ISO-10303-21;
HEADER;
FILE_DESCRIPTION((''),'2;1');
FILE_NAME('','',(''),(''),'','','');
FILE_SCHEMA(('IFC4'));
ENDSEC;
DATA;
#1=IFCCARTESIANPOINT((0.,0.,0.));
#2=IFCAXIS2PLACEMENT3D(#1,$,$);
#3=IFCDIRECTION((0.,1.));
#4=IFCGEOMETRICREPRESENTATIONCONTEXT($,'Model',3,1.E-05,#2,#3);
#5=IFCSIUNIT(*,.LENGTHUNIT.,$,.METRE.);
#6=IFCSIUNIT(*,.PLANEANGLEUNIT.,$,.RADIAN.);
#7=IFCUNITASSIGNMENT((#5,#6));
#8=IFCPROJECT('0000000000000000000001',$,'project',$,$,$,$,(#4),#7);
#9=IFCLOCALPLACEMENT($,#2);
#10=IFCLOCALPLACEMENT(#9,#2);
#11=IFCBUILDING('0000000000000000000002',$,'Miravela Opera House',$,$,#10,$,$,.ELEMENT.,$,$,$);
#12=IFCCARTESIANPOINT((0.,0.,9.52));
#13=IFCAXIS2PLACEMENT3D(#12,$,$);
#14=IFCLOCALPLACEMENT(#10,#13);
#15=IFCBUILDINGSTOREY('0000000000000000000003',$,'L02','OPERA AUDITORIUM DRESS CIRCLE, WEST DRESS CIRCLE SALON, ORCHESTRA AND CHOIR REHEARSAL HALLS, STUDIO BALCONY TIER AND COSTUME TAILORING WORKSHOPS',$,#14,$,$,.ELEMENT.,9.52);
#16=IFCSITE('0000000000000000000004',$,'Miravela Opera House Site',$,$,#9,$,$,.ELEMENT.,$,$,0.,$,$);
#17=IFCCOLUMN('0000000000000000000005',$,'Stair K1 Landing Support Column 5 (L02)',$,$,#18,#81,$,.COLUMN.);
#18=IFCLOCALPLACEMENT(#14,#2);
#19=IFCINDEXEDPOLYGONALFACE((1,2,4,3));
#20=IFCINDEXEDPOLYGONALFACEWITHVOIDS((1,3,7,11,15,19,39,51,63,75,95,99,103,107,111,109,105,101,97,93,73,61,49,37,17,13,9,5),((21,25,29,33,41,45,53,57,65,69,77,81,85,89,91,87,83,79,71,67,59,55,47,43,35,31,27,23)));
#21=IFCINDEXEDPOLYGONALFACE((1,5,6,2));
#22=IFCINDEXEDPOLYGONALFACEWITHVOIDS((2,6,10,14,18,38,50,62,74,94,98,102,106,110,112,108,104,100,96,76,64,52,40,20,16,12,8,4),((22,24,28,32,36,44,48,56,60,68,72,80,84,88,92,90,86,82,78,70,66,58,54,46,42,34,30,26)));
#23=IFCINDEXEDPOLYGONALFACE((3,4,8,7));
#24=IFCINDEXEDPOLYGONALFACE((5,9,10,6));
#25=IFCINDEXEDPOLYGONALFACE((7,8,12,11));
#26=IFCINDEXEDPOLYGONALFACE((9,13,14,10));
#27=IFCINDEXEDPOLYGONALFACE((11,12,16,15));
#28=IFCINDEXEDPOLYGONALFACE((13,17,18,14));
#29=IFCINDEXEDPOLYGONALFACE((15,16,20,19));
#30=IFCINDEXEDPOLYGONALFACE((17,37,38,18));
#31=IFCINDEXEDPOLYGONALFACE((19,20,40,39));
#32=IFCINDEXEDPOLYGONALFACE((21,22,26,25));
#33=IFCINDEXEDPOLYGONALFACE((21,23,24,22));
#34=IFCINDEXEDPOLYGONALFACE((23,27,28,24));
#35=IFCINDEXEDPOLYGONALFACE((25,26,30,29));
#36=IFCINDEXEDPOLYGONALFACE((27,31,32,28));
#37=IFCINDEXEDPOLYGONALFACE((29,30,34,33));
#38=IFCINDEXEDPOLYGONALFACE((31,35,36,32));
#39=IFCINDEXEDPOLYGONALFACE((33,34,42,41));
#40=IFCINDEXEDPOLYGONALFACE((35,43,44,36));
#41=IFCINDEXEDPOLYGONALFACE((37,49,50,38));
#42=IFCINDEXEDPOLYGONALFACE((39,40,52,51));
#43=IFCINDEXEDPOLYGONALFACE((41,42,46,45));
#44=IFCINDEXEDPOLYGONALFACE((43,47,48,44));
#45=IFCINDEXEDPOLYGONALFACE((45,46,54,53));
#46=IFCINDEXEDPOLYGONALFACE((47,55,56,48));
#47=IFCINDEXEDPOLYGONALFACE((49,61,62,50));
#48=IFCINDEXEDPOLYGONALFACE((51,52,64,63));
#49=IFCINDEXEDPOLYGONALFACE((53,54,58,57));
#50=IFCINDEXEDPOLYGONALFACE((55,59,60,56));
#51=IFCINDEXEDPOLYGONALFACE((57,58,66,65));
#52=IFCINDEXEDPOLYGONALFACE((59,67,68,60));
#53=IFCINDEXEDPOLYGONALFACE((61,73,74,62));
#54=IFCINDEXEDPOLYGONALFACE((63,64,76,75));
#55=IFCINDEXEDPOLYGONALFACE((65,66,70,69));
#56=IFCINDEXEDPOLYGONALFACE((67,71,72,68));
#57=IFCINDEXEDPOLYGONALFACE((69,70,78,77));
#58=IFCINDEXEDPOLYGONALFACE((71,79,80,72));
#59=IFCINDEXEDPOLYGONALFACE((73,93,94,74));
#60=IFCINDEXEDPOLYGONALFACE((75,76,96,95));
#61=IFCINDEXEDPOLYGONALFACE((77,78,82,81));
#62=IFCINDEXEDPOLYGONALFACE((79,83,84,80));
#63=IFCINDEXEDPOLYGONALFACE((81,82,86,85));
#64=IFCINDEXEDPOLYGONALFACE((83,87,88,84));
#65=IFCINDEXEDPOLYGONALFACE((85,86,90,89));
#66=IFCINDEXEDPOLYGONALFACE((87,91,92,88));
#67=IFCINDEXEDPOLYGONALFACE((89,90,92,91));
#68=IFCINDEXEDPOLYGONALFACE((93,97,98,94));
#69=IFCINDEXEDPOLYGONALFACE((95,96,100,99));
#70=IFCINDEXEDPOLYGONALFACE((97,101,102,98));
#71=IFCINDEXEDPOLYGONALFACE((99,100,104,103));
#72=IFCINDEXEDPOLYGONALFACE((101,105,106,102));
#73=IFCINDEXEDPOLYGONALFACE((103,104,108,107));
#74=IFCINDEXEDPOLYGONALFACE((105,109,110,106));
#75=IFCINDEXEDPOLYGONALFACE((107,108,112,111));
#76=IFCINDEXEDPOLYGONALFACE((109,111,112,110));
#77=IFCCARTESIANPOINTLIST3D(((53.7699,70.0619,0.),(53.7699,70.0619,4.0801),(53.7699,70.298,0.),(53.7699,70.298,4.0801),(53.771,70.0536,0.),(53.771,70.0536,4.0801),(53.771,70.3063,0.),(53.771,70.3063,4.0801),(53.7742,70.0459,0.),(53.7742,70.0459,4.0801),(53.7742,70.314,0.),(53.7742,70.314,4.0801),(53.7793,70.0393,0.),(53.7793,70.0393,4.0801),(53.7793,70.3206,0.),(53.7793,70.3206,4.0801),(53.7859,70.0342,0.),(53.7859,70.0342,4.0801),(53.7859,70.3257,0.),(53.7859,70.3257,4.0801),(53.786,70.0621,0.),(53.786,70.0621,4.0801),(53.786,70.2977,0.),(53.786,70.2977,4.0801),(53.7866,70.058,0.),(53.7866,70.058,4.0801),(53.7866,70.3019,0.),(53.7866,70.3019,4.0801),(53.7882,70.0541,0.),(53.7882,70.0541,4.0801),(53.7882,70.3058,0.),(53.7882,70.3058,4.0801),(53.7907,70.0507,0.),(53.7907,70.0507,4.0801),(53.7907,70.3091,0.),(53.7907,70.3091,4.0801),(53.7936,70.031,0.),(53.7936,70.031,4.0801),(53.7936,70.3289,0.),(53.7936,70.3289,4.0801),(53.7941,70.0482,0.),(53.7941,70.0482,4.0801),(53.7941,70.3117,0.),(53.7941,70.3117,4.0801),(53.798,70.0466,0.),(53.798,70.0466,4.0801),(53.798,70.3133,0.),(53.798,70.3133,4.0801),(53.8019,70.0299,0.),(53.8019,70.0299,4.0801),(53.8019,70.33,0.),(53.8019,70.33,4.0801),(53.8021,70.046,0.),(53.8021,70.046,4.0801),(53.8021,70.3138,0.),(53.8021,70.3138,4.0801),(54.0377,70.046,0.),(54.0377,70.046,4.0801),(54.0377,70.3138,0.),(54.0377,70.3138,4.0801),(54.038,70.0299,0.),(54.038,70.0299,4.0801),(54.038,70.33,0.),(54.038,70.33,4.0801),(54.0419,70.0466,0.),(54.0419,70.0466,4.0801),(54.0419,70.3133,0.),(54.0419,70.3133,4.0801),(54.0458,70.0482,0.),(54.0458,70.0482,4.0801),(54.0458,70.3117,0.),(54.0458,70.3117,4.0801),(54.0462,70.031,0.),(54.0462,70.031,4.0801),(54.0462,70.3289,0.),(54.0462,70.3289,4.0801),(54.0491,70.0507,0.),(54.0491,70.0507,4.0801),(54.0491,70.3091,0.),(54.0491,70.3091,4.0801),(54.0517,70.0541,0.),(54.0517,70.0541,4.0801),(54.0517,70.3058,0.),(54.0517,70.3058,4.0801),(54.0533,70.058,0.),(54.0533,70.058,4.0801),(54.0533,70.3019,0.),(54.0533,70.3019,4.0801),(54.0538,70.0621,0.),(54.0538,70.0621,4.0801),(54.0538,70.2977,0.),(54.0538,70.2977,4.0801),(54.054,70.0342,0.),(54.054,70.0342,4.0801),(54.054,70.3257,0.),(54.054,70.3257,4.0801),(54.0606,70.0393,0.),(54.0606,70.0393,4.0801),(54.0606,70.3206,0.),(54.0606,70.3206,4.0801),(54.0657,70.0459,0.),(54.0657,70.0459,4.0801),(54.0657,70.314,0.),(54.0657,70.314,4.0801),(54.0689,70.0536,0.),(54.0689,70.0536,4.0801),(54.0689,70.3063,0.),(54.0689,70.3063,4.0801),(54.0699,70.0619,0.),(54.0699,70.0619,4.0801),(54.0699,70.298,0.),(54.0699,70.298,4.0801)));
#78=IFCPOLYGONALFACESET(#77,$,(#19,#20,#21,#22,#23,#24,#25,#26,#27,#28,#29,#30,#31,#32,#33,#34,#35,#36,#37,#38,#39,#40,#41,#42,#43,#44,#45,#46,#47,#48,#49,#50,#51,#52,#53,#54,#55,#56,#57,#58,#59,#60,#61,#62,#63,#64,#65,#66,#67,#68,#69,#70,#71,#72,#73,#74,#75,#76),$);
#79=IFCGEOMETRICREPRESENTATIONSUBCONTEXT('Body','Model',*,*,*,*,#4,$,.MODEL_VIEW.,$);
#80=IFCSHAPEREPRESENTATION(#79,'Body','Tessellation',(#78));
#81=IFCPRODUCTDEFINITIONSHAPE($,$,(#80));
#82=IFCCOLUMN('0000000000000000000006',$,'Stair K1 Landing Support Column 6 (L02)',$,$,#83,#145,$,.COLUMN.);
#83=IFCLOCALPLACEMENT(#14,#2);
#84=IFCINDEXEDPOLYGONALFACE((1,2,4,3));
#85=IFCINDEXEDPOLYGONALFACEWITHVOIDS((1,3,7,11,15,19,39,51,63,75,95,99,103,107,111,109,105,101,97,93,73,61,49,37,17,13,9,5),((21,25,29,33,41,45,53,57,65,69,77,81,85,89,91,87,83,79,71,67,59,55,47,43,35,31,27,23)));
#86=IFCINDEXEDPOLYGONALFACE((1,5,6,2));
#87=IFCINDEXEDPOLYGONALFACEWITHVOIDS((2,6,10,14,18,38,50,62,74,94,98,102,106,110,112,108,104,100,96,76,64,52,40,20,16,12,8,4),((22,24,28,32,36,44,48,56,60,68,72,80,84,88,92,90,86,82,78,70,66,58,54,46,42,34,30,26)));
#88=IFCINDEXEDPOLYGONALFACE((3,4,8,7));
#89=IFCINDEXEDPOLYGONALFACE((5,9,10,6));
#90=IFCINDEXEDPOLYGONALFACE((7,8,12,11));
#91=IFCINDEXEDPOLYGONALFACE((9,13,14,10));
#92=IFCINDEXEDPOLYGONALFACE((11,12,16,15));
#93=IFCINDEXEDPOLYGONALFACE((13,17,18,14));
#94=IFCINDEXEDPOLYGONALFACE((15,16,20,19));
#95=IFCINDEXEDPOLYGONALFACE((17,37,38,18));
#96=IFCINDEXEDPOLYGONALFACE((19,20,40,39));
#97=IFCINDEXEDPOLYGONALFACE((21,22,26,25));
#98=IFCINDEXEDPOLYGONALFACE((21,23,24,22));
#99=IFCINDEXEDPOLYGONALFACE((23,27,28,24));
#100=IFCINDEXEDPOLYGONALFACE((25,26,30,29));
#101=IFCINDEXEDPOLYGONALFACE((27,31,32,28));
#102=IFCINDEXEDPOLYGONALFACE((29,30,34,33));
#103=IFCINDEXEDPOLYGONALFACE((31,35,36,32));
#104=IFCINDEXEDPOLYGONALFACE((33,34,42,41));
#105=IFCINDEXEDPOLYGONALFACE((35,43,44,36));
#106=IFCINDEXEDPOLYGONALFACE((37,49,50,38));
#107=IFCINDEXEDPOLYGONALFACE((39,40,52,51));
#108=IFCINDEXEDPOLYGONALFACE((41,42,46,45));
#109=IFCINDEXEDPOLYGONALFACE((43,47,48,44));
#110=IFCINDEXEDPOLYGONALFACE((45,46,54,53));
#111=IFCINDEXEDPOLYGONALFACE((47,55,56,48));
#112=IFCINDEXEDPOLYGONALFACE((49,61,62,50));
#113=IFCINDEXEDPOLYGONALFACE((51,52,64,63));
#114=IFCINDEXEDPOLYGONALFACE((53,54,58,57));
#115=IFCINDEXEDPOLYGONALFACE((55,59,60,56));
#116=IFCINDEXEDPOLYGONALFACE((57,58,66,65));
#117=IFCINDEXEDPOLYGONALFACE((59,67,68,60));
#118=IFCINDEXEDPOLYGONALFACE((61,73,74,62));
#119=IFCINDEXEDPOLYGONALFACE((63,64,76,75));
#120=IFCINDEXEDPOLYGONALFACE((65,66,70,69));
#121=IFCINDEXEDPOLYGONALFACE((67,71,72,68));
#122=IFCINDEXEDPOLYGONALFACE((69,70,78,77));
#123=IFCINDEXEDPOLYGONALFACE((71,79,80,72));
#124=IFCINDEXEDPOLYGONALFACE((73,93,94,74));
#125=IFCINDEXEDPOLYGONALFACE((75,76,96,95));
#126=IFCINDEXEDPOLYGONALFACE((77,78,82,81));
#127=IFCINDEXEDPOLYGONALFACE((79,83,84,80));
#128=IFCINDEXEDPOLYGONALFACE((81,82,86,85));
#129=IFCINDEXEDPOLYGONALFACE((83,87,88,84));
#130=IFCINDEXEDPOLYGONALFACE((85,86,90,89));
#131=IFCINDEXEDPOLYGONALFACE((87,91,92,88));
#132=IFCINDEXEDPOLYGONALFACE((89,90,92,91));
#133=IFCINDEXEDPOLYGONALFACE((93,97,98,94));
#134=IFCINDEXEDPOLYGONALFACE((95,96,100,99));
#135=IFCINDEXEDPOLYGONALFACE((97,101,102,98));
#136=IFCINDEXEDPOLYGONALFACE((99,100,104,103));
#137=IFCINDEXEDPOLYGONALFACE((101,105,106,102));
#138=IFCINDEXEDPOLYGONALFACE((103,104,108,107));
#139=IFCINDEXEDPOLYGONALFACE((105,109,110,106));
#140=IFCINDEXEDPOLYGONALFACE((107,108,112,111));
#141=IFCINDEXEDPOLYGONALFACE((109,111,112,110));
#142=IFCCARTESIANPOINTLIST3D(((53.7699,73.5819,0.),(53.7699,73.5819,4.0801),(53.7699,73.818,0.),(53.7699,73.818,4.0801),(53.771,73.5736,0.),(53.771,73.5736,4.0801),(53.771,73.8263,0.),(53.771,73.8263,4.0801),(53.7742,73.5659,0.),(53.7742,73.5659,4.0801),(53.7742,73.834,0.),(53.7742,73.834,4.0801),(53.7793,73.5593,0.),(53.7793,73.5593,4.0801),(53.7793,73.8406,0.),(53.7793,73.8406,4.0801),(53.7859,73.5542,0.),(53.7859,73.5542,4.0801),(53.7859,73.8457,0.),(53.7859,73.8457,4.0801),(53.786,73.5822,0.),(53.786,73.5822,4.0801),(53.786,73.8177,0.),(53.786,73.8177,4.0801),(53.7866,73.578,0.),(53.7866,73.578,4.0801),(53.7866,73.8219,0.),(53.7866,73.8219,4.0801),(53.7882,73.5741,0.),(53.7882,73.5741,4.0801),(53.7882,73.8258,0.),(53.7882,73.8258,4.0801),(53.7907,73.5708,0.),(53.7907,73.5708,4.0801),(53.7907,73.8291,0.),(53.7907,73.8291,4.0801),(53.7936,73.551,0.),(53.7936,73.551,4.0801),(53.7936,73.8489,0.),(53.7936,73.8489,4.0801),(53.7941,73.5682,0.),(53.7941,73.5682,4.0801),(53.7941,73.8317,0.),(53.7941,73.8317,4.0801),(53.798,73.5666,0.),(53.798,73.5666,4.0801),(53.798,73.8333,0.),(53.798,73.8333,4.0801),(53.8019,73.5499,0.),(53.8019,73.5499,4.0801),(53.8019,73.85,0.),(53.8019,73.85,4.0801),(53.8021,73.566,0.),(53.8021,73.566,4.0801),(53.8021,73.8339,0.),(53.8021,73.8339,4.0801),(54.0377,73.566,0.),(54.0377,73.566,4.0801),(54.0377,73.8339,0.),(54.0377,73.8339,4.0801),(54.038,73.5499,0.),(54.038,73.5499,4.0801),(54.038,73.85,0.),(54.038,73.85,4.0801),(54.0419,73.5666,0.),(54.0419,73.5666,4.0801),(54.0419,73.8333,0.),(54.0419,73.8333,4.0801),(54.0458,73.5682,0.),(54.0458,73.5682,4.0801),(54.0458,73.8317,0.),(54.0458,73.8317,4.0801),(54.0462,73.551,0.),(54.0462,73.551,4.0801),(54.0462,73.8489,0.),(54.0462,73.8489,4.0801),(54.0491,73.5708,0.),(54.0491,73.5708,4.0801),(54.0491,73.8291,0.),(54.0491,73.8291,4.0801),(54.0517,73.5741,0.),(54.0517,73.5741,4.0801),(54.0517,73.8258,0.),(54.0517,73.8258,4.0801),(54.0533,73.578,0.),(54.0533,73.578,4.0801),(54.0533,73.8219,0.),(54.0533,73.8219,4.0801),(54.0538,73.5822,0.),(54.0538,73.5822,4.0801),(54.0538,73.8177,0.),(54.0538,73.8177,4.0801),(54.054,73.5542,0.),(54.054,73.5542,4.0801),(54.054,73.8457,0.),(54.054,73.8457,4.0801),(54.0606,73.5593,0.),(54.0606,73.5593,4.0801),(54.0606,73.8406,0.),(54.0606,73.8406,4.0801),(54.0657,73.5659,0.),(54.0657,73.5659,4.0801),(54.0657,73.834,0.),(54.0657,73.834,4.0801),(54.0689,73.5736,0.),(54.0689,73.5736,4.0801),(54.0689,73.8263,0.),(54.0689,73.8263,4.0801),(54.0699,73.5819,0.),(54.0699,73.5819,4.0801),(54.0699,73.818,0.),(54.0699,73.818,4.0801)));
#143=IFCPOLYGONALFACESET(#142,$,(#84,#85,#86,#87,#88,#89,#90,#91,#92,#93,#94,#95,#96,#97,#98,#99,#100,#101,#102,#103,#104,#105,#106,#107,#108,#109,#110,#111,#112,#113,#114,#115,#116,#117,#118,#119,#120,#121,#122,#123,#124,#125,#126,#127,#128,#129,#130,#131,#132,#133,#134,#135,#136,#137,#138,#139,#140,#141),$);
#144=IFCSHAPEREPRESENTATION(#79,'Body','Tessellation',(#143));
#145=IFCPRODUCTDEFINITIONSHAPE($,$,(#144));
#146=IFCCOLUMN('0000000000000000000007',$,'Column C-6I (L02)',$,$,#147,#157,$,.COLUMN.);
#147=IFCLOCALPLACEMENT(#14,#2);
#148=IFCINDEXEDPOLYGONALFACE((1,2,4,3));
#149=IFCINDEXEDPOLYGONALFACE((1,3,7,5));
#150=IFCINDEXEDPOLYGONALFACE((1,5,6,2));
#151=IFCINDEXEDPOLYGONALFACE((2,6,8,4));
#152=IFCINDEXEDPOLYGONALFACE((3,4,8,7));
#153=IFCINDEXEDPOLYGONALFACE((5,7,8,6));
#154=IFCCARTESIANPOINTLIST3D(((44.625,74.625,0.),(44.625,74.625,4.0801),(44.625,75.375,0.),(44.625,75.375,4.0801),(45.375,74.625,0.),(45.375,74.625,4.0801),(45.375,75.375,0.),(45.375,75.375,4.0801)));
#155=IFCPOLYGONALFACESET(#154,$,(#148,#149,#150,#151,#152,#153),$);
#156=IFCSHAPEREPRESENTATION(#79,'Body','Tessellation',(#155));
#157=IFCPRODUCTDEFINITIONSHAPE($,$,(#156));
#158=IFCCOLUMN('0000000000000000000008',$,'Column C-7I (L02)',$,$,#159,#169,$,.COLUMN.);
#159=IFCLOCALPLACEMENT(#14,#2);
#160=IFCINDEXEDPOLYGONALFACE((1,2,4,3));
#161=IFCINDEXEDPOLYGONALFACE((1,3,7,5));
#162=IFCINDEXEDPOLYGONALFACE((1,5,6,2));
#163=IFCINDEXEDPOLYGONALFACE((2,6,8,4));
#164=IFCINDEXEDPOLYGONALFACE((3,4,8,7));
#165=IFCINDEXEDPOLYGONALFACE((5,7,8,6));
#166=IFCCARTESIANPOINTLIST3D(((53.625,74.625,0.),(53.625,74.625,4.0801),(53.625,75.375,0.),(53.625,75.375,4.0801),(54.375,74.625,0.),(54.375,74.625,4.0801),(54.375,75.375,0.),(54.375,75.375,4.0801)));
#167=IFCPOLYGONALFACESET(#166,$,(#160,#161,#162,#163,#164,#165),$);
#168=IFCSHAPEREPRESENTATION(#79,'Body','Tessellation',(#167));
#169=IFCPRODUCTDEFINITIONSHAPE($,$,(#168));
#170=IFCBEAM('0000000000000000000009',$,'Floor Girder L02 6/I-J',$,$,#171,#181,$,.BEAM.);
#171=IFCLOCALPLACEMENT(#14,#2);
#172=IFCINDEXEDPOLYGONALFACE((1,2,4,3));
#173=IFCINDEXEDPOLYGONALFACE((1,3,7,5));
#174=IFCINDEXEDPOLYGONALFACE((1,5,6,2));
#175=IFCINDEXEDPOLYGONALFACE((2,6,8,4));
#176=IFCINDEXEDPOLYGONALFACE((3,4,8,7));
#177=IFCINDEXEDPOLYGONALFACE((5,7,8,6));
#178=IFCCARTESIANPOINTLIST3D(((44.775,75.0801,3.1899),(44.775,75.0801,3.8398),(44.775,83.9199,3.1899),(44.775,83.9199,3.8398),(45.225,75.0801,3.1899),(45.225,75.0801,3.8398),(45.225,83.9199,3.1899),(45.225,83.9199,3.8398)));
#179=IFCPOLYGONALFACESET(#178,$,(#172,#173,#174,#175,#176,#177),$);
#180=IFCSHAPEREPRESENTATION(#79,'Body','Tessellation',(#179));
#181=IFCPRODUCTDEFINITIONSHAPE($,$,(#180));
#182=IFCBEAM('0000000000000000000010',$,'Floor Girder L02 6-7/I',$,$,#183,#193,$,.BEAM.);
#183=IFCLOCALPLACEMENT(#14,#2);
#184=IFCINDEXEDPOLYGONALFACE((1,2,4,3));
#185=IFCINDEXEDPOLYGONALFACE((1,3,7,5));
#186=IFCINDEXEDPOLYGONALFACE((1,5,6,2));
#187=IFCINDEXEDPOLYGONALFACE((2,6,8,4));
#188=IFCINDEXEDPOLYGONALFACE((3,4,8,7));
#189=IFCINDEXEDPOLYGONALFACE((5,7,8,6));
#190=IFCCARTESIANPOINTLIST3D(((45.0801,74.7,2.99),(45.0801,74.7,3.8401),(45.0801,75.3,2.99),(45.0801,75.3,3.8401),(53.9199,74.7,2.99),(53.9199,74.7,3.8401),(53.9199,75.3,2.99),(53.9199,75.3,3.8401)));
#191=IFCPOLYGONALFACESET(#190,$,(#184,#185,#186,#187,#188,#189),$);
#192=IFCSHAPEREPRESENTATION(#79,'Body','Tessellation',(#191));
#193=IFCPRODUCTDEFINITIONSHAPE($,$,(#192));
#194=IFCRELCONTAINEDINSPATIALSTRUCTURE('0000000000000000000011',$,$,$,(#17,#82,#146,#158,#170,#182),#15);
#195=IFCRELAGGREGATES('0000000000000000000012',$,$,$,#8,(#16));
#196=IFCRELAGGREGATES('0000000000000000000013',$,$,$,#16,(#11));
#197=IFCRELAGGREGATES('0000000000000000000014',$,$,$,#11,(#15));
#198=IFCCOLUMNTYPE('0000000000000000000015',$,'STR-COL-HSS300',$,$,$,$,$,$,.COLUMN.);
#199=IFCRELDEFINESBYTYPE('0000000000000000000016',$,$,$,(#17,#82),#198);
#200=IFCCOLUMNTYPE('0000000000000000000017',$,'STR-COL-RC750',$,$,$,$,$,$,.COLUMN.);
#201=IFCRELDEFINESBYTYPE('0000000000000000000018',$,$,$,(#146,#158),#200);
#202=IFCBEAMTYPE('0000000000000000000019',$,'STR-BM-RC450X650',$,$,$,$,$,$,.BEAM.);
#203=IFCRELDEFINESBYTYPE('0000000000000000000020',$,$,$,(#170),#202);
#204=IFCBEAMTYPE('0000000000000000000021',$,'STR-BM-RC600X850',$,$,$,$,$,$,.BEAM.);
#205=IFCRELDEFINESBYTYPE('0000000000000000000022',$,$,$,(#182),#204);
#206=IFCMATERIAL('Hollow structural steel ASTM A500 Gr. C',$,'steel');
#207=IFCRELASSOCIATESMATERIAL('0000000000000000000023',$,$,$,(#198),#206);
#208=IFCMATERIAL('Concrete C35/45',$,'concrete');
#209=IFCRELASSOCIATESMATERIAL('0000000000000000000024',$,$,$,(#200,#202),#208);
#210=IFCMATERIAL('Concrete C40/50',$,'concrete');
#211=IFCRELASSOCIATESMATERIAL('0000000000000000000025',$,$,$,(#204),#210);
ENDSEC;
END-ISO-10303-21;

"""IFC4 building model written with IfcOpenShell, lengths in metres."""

from ifc_helpers import new_model, si_unit, direction, frame, origin, origin_2d, place, context, subcontext, project, spatial, rectangle, hollow_rectangle, extrude, material, material_profile, profile_set, type_object, element, save


model = new_model("IFC4")

# Units and contexts
model_context = context("Model", 3, precision=1e-05, world=origin(), true_north=direction((0.0, 1.0)))
body_context = subcontext(model_context, "Body", "Model", "MODEL_VIEW")
ifc_project = project(units=[si_unit("LENGTHUNIT", "METRE"), si_unit("PLANEANGLEUNIT", "RADIAN")], contexts=[model_context])

# Site, building, storey
site_placement = place(None, origin())
site = spatial("IfcSite", under=ifc_project, at=site_placement, Name="Miravela Opera House Site", CompositionType="ELEMENT", RefElevation=0.0)
building_placement = place(site_placement, origin())
building = spatial("IfcBuilding", under=site, at=building_placement, Name="Miravela Opera House", CompositionType="ELEMENT")
storey_placement = place(building_placement, frame((0.0, 0.0, 9.52)))
storey = spatial("IfcBuildingStorey", under=building, at=storey_placement, Name="L02", Description="OPERA AUDITORIUM DRESS CIRCLE, WEST DRESS CIRCLE SALON, ORCHESTRA AND CHOIR REHEARSAL HALLS, STUDIO BALCONY TIER AND COSTUME TAILORING WORKSHOPS", CompositionType="ELEMENT", Elevation=9.52)

# Columns
ifc_material_1 = material(Name="Hollow structural steel ASTM A500 Gr. C", Category="steel")
ifc_material_profile_1 = material_profile(ifc_material_1, hollow_rectangle(XDim=0.3, YDim=0.3, WallThickness=0.0161, InnerFilletRadius=0.0161, OuterFilletRadius=0.032, at=origin_2d()), Name="HSS300X300X16")
ifc_profile_set_1 = profile_set([ifc_material_profile_1])
column_type_1 = type_object("IfcColumnType", Name="STR-COL-HSS300", PredefinedType="COLUMN", material=ifc_profile_set_1)
for number, where, z_axis, x_axis, name in (
    (1, (53.9199, 70.1799, 0.0), (0.0, 0.0, 1.0), (1.0, 0.0, 0.0), "Stair K1 Landing Support Column 5 (L02)"),
    (2, (53.9199, 73.7, 0.0), (0.0, 0.0, 1.0), (1.0, 0.0, 0.0), "Stair K1 Landing Support Column 6 (L02)"),
):
    element("IfcColumn", number, at=place(storey_placement, frame(where, z_axis=z_axis, x_axis=x_axis)), inside=storey, type_object=column_type_1, Name=name, PredefinedType="COLUMN", context=body_context, shape_type="SweptSolid", body=[
        extrude(hollow_rectangle(XDim=0.3, YDim=0.3, WallThickness=0.0161, InnerFilletRadius=0.0161, OuterFilletRadius=0.032, at=origin_2d()), origin(), (0.0, 0.0, 1.0), 4.0801),
    ])
ifc_material_2 = material(Name="Concrete C35/45", Category="concrete")
ifc_material_profile_2 = material_profile(ifc_material_2, rectangle(XDim=0.75, YDim=0.75, at=origin_2d()), Name="RC-COL-750X750")
ifc_profile_set_2 = profile_set([ifc_material_profile_2])
column_type_2 = type_object("IfcColumnType", Name="STR-COL-RC750", PredefinedType="COLUMN", material=ifc_profile_set_2)
for number, where, z_axis, x_axis, name in (
    (3, (45.0, 75.0, 0.0), (0.0, 0.0, 1.0), (1.0, 0.0, 0.0), "Column C-6I (L02)"),
    (4, (54.0, 75.0, 0.0), (0.0, 0.0, 1.0), (1.0, 0.0, 0.0), "Column C-7I (L02)"),
):
    element("IfcColumn", number, at=place(storey_placement, frame(where, z_axis=z_axis, x_axis=x_axis)), inside=storey, type_object=column_type_2, Name=name, PredefinedType="COLUMN", context=body_context, shape_type="SweptSolid", body=[
        extrude(rectangle(XDim=0.75, YDim=0.75, at=origin_2d()), origin(), (0.0, 0.0, 1.0), 4.0801),
    ])

# Beams
ifc_material_profile_3 = material_profile(ifc_material_2, rectangle(XDim=0.45, YDim=0.6499, at=origin_2d()), Name="RC-BM-450X650")
ifc_profile_set_3 = profile_set([ifc_material_profile_3])
beam_type_1 = type_object("IfcBeamType", Name="STR-BM-RC450X650", PredefinedType="BEAM", material=ifc_profile_set_3)
beam_1_placement = place(storey_placement, frame((45.0, 75.0801, 3.5149), z_axis=(0.0, 1.0, 0.0), x_axis=(-1.0, 0.0, 0.0)))
element("IfcBeam", 5, at=beam_1_placement, inside=storey, type_object=beam_type_1, Name="Floor Girder L02 6/I-J", PredefinedType="BEAM", context=body_context, shape_type="SweptSolid", body=[
    extrude(rectangle(XDim=0.45, YDim=0.6499, at=origin_2d()), origin(), (0.0, 0.0, 1.0), 8.8398),
])
ifc_material_3 = material(Name="Concrete C40/50", Category="concrete")
ifc_material_profile_4 = material_profile(ifc_material_3, rectangle(XDim=0.6001, YDim=0.8501, at=origin_2d()), Name="RC-BM-600X850")
ifc_profile_set_4 = profile_set([ifc_material_profile_4])
beam_type_2 = type_object("IfcBeamType", Name="STR-BM-RC600X850", PredefinedType="BEAM", material=ifc_profile_set_4)
for number, where, z_axis, x_axis, name in (
    (6, (45.0801, 75.0, 3.415), (1.0, 0.0, 0.0), (0.0, 1.0, 0.0), "Floor Girder L02 6-7/I"),
):
    element("IfcBeam", number, at=place(storey_placement, frame(where, z_axis=z_axis, x_axis=x_axis)), inside=storey, type_object=beam_type_2, Name=name, PredefinedType="BEAM", context=body_context, shape_type="SweptSolid", body=[
        extrude(rectangle(XDim=0.6001, YDim=0.8501, at=origin_2d()), origin(), (0.0, 0.0, 1.0), 8.8398),
    ])

save(model, "model.ifc")
